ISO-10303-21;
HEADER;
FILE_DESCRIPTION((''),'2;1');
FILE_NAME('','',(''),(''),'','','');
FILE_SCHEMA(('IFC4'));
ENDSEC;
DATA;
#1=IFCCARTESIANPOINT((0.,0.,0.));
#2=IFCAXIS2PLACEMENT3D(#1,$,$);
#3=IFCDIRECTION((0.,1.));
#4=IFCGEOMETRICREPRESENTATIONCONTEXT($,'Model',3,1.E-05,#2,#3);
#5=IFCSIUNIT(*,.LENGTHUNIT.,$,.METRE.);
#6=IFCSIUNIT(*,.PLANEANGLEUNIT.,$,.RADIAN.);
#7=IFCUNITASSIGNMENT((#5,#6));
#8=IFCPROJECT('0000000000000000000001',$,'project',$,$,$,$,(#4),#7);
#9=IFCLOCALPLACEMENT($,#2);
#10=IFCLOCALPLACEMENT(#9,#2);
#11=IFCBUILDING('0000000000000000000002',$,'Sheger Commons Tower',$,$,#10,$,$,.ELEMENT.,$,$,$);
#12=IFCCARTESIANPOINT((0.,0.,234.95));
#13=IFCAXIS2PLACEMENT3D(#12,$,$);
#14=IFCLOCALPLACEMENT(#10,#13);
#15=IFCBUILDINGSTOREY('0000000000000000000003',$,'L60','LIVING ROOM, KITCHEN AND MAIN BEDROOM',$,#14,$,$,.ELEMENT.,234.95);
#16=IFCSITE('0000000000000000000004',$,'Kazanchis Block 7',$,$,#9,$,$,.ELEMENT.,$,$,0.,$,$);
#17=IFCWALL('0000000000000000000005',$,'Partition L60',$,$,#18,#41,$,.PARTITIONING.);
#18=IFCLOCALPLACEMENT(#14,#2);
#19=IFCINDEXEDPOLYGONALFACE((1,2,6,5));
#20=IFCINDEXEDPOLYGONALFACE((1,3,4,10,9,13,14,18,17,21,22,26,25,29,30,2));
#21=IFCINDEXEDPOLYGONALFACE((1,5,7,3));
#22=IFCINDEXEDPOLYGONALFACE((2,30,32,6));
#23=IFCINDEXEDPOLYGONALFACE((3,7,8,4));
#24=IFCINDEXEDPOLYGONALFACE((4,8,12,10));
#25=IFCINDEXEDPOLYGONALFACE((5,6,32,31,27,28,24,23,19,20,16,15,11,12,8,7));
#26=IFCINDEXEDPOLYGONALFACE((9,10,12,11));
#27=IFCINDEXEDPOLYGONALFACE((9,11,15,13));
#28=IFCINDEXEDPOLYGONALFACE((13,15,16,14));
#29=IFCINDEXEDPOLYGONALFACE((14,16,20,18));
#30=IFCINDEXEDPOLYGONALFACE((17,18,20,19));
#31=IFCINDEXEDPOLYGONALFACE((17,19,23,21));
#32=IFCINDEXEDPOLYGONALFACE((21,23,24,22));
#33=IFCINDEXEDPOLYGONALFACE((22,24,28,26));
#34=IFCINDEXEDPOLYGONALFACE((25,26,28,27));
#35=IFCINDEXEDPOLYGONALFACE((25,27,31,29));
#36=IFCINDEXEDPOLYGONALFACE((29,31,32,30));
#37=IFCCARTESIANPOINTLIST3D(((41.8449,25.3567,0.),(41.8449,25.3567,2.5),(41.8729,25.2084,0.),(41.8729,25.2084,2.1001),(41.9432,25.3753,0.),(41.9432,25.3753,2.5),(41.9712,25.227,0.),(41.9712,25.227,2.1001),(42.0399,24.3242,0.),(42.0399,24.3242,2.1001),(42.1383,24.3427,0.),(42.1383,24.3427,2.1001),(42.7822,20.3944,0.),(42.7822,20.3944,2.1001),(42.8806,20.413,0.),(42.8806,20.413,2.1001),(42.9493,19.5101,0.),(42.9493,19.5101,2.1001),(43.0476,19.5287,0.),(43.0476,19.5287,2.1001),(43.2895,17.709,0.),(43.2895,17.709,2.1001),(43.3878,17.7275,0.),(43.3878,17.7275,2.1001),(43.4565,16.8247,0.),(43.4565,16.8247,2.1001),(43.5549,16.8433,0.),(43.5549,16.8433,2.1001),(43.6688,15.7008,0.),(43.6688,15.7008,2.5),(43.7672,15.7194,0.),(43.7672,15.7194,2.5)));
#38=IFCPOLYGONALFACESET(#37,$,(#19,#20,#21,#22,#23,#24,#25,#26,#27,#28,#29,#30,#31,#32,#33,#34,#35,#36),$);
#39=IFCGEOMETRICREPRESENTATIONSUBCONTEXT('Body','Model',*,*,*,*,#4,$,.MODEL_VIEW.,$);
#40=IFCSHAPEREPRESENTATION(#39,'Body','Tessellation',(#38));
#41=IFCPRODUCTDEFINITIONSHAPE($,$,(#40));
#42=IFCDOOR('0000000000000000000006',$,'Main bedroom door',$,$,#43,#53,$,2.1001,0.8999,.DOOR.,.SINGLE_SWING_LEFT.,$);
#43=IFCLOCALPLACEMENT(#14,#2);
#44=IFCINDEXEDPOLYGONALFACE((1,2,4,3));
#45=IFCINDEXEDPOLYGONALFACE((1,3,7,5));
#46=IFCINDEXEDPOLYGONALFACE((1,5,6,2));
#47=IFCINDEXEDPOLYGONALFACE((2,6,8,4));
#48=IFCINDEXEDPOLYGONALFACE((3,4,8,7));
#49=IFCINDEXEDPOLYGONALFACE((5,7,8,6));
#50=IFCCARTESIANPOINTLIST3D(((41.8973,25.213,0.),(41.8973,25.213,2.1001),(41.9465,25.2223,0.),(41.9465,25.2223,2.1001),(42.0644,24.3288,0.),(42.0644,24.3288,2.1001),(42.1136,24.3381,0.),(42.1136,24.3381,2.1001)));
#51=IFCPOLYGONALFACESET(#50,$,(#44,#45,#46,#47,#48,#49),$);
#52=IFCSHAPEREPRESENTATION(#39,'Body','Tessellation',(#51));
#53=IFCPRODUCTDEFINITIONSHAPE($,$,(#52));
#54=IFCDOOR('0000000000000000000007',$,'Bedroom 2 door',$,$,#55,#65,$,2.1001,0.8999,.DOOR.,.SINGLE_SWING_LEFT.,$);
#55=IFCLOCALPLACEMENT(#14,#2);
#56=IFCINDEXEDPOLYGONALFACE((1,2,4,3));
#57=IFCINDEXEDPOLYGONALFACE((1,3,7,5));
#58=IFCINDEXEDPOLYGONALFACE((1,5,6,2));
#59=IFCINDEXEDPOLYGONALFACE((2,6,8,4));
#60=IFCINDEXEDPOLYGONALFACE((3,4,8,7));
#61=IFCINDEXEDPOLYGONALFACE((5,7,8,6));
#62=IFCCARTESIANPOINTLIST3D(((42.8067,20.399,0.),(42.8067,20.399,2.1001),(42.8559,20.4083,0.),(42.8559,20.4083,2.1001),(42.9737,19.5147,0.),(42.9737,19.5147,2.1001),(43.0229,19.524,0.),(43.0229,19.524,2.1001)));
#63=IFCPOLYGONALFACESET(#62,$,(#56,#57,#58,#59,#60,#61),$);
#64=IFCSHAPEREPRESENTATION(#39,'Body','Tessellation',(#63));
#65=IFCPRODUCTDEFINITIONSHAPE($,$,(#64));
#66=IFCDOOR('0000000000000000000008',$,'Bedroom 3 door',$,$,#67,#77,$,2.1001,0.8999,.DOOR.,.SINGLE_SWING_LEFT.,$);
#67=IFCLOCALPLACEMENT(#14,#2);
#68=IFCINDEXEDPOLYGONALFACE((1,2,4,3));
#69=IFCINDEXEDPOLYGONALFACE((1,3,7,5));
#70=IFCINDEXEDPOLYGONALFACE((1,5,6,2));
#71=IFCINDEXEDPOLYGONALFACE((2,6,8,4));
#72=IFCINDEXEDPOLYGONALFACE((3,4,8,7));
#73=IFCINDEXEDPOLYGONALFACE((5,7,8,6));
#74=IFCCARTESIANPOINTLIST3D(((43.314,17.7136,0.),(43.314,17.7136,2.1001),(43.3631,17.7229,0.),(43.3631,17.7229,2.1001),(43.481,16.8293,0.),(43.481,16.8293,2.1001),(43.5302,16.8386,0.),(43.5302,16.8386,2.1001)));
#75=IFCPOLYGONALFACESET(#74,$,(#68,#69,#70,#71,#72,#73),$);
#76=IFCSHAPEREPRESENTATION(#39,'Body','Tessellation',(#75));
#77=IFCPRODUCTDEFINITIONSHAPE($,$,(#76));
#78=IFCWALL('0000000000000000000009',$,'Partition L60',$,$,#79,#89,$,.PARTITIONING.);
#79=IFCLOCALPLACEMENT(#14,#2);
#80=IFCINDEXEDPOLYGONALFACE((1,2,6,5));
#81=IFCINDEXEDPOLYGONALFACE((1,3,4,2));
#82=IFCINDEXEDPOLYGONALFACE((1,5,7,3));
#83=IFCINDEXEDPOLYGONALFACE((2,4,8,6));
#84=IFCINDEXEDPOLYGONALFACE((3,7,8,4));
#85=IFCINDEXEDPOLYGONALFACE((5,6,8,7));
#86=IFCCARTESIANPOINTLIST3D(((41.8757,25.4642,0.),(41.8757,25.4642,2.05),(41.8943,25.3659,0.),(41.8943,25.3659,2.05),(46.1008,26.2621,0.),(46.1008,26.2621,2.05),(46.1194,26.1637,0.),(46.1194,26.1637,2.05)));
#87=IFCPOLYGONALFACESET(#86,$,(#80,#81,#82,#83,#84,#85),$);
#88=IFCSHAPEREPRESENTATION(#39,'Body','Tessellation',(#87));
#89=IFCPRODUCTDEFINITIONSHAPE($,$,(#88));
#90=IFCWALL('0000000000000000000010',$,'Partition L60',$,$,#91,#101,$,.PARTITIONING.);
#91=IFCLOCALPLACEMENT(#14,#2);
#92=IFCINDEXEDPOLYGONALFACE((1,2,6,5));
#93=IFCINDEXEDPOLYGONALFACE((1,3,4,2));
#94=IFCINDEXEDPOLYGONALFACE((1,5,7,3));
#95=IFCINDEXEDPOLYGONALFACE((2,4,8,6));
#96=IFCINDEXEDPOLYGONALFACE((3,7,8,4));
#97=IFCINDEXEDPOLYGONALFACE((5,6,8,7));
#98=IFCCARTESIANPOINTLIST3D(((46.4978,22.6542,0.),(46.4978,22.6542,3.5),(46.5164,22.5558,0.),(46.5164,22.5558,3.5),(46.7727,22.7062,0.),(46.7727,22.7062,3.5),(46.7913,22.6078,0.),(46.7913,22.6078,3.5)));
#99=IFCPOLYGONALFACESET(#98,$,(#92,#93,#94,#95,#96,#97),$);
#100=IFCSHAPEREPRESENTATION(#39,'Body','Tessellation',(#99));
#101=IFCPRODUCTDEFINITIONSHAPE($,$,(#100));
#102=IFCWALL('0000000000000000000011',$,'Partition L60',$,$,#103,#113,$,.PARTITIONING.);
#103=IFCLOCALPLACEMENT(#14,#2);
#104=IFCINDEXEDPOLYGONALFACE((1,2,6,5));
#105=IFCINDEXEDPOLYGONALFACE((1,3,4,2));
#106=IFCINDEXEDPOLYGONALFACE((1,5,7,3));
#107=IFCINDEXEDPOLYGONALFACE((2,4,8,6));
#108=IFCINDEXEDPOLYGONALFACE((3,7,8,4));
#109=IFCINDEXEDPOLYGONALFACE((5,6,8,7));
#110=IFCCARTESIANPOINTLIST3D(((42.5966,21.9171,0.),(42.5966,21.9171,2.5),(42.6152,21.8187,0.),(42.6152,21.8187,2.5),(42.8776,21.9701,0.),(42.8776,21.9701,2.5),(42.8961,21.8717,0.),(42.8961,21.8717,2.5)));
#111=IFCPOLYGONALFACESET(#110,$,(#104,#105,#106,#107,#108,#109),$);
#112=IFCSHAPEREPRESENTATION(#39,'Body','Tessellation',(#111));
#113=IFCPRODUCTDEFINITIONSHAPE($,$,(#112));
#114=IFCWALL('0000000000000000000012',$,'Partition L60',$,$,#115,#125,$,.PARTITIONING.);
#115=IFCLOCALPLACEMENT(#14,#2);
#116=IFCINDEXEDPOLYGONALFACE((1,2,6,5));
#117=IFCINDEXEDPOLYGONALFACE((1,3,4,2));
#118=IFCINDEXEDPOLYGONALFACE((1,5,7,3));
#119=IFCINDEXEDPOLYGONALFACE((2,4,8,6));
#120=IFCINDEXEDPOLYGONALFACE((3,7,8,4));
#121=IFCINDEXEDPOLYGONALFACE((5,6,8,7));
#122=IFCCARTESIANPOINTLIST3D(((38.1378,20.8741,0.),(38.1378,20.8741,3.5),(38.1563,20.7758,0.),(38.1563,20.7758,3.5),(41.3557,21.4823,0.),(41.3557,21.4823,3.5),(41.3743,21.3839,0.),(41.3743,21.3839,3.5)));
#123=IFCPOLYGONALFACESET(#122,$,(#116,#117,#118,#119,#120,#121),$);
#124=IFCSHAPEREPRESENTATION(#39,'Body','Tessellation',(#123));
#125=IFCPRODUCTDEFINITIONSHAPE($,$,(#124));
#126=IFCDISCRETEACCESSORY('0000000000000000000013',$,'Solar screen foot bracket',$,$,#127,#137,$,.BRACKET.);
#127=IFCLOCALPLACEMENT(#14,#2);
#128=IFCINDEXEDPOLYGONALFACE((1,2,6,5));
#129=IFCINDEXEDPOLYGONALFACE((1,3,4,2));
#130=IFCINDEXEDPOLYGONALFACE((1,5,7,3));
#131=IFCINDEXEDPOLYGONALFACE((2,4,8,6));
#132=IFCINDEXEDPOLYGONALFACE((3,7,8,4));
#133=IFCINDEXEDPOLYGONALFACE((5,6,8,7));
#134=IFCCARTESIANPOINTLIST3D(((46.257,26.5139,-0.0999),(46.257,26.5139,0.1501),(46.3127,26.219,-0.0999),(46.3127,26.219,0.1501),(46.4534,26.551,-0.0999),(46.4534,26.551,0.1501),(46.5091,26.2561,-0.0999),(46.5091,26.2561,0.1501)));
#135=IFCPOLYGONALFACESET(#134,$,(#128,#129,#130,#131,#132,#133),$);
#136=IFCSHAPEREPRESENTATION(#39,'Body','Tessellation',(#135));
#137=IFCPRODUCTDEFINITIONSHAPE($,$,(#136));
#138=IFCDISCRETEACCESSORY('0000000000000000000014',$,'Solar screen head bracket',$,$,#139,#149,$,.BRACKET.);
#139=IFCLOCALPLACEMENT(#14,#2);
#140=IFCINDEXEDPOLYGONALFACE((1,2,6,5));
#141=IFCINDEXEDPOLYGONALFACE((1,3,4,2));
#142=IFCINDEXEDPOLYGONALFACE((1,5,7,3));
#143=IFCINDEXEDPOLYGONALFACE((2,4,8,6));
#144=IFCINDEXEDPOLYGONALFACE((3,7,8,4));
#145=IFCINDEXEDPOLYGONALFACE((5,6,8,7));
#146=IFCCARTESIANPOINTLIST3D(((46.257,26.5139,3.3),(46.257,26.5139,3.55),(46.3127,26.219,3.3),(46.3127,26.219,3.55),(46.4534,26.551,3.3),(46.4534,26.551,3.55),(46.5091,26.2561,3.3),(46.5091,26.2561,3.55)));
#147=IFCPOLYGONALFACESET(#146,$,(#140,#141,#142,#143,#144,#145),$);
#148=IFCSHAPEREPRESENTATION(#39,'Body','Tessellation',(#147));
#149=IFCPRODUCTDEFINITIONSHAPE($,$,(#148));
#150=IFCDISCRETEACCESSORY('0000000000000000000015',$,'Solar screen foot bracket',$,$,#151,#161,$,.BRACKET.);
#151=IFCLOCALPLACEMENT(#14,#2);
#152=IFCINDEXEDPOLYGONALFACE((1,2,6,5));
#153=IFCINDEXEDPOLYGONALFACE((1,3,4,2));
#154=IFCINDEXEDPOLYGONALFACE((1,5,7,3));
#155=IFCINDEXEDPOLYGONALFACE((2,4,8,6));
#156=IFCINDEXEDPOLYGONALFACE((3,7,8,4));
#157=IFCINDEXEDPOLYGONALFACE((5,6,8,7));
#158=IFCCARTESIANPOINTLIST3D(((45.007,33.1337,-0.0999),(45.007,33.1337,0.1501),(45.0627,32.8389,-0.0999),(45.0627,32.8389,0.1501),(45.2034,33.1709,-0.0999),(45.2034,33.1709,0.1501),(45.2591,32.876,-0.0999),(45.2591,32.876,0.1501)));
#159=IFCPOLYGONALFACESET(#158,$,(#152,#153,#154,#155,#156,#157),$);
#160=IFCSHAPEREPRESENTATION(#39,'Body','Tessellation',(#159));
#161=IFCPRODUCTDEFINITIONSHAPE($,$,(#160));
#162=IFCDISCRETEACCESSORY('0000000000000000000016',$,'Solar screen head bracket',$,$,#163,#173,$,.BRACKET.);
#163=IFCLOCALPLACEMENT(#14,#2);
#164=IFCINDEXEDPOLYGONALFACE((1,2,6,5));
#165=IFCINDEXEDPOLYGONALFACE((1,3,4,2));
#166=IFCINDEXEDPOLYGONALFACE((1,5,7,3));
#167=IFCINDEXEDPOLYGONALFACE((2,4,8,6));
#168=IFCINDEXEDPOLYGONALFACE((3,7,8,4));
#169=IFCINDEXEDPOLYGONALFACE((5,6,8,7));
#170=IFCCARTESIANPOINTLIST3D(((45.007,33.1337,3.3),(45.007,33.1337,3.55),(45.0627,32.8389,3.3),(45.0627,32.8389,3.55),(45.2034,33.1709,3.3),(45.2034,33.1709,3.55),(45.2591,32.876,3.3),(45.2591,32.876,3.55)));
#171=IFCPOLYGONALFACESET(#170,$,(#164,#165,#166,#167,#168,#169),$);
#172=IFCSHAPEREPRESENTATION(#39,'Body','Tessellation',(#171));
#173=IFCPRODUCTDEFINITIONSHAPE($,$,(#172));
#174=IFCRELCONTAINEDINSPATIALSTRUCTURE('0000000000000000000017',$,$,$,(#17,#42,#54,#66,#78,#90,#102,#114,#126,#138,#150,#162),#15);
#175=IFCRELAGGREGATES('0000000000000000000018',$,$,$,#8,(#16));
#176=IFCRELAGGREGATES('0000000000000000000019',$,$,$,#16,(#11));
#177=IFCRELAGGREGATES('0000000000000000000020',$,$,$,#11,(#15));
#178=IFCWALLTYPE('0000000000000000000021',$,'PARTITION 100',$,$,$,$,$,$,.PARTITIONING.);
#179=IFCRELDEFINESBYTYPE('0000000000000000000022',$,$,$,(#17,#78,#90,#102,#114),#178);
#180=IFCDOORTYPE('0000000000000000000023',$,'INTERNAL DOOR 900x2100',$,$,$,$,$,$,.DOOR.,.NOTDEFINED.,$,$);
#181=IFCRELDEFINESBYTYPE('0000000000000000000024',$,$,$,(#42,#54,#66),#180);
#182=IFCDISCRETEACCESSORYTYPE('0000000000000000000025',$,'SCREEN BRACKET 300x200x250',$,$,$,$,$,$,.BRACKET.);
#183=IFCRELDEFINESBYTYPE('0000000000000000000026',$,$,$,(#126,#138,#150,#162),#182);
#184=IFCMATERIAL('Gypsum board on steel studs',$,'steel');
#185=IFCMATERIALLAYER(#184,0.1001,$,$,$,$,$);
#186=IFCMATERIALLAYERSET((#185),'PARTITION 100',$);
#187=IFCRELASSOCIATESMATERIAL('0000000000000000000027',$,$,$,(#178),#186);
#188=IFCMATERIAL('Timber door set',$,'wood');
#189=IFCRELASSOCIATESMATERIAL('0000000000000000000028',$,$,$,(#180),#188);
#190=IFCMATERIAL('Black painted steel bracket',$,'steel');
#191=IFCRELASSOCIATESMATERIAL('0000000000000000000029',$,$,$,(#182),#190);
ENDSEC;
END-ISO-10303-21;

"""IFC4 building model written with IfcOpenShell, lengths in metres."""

from ifc_helpers import new_model, si_unit, direction, frame, frame_2d, origin, origin_2d, place, context, subcontext, project, spatial, rectangle, extrude, material, layer, layer_set, type_object, element, fill, save


model = new_model("IFC4")

# Units and contexts
model_context = context("Model", 3, precision=1e-05, world=origin(), true_north=direction((0.0, 1.0)))
body_context = subcontext(model_context, "Body", "Model", "MODEL_VIEW")
ifc_project = project(units=[si_unit("LENGTHUNIT", "METRE"), si_unit("PLANEANGLEUNIT", "RADIAN")], contexts=[model_context])

# Site, building, storey
site_placement = place(None, origin())
site = spatial("IfcSite", under=ifc_project, at=site_placement, Name="Kazanchis Block 7", CompositionType="ELEMENT", RefElevation=0.0)
building_placement = place(site_placement, origin())
building = spatial("IfcBuilding", under=site, at=building_placement, Name="Sheger Commons Tower", CompositionType="ELEMENT")
storey_placement = place(building_placement, frame((0.0, 0.0, 234.95)))
storey = spatial("IfcBuildingStorey", under=building, at=storey_placement, Name="L60", Description="LIVING ROOM, KITCHEN AND MAIN BEDROOM", CompositionType="ELEMENT", Elevation=234.95)

# Shared definitions
ifc_material_1 = material(Name="Gypsum board on steel studs", Category="steel")
ifc_layer_1 = layer(ifc_material_1, 0.1001)
ifc_layer_set_1 = layer_set([ifc_layer_1], Name="PARTITION 100")
wall_type_1 = type_object("IfcWallType", Name="PARTITION 100", PredefinedType="PARTITIONING", material=ifc_layer_set_1)

# Wall, openings, doors
wall_1_placement = place(storey_placement, frame((41.894, 25.366, 0.0), z_axis=(0.0, 0.0, 1.0), x_axis=(0.185613, -0.982623, 0.0)))
wall_1 = element("IfcWall", 1, at=wall_1_placement, inside=storey, type_object=wall_type_1, Name="Partition L60", PredefinedType="PARTITIONING", context=body_context, shape_type="SweptSolid", body=[
    extrude(rectangle(XDim=9.8267, YDim=0.1001, at=frame_2d((4.9133, 0.0))), origin(), (0.0, 0.0, 1.0), 2.5),
])
opening_1_placement = place(wall_1_placement, frame((0.1509, 0.0, 0.0)))
opening_1 = element("IfcOpeningElement", 2, at=opening_1_placement, cuts=wall_1, PredefinedType="OPENING", context=body_context, shape_type="SweptSolid", body=[
    extrude(rectangle(XDim=0.8999, YDim=2.1001, at=frame_2d((0.45, 1.05))), frame((0.0, 0.0601, 0.0), z_axis=(0.0, -1.0, 0.0), x_axis=(1.0, 0.0, 0.0)), (0.0, 0.0, 1.0), 0.1201),
])
opening_2_placement = place(wall_1_placement, frame((5.05, 0.0, 0.0)))
opening_2 = element("IfcOpeningElement", 3, at=opening_2_placement, cuts=wall_1, PredefinedType="OPENING", context=body_context, shape_type="SweptSolid", body=[
    extrude(rectangle(XDim=0.8999, YDim=2.1001, at=frame_2d((0.45, 1.05))), frame((0.0, 0.0601, 0.0), z_axis=(0.0, -1.0, 0.0), x_axis=(1.0, 0.0, 0.0)), (0.0, 0.0, 1.0), 0.1201),
])
opening_3_placement = place(wall_1_placement, frame((7.783, 0.0, 0.0)))
opening_3 = element("IfcOpeningElement", 4, at=opening_3_placement, cuts=wall_1, PredefinedType="OPENING", context=body_context, shape_type="SweptSolid", body=[
    extrude(rectangle(XDim=0.8999, YDim=2.1001, at=frame_2d((0.45, 1.05))), frame((0.0, 0.0601, 0.0), z_axis=(0.0, -1.0, 0.0), x_axis=(1.0, 0.0, 0.0)), (0.0, 0.0, 1.0), 0.1201),
])
ifc_material_2 = material(Name="Timber door set", Category="wood")
door_type = type_object("IfcDoorType", Name="INTERNAL DOOR 900x2100", OperationType="NOTDEFINED", PredefinedType="DOOR", material=ifc_material_2)
door_1_placement = place(opening_1_placement, origin())
door_1 = element("IfcDoor", 5, at=door_1_placement, inside=storey, type_object=door_type, Name="Main bedroom door", OperationType="SINGLE_SWING_LEFT", OverallHeight=2.1001, OverallWidth=0.8999, PredefinedType="DOOR", context=body_context, shape_type="SweptSolid", body=[
    extrude(rectangle(XDim=0.8999, YDim=2.1001, at=frame_2d((0.45, 1.05))), frame((0.0, 0.0249, 0.0), z_axis=(0.0, -1.0, 0.0), x_axis=(1.0, 0.0, 0.0)), (0.0, 0.0, 1.0), 0.05),
])
fill(opening_1, door_1)
door_2_placement = place(opening_2_placement, origin())
door_2 = element("IfcDoor", 6, at=door_2_placement, inside=storey, type_object=door_type, Name="Bedroom 2 door", OperationType="SINGLE_SWING_LEFT", OverallHeight=2.1001, OverallWidth=0.8999, PredefinedType="DOOR", context=body_context, shape_type="SweptSolid", body=[
    extrude(rectangle(XDim=0.8999, YDim=2.1001, at=frame_2d((0.45, 1.05))), frame((0.0, 0.0249, 0.0), z_axis=(0.0, -1.0, 0.0), x_axis=(1.0, 0.0, 0.0)), (0.0, 0.0, 1.0), 0.05),
])
fill(opening_2, door_2)
door_3_placement = place(opening_3_placement, origin())
door_3 = element("IfcDoor", 7, at=door_3_placement, inside=storey, type_object=door_type, Name="Bedroom 3 door", OperationType="SINGLE_SWING_LEFT", OverallHeight=2.1001, OverallWidth=0.8999, PredefinedType="DOOR", context=body_context, shape_type="SweptSolid", body=[
    extrude(rectangle(XDim=0.8999, YDim=2.1001, at=frame_2d((0.45, 1.05))), frame((0.0, 0.0249, 0.0), z_axis=(0.0, -1.0, 0.0), x_axis=(1.0, 0.0, 0.0)), (0.0, 0.0, 1.0), 0.05),
])
fill(opening_3, door_3)

# Walls
wall_2_placement = place(storey_placement, frame((46.1101, 26.2129, 0.0), z_axis=(0.0, 0.0, 1.0), x_axis=(-0.982634, -0.185557, 0.0)))
element("IfcWall", 8, at=wall_2_placement, inside=storey, type_object=wall_type_1, Name="Partition L60", PredefinedType="PARTITIONING", context=body_context, shape_type="SweptSolid", body=[
    extrude(rectangle(XDim=4.2998, YDim=0.1001, at=frame_2d((2.1499, 0.0))), origin(), (0.0, 0.0, 1.0), 2.05),
])
wall_3_placement = place(storey_placement, frame((46.782, 22.657, 0.0), z_axis=(0.0, 0.0, 1.0), x_axis=(-0.982575, -0.185869, 0.0)))
element("IfcWall", 9, at=wall_3_placement, inside=storey, type_object=wall_type_1, Name="Partition L60", PredefinedType="PARTITIONING", context=body_context, shape_type="SweptSolid", body=[
    extrude(rectangle(XDim=0.2798, YDim=0.1001, at=frame_2d((0.1399, 0.0))), origin(), (0.0, 0.0, 1.0), 3.5),
])
wall_4_placement = place(storey_placement, frame((42.887, 21.9209, 0.0), z_axis=(0.0, 0.0, 1.0), x_axis=(-0.982688, -0.185268, 0.0)))
element("IfcWall", 10, at=wall_4_placement, inside=storey, type_object=wall_type_1, Name="Partition L60", PredefinedType="PARTITIONING", context=body_context, shape_type="SweptSolid", body=[
    extrude(rectangle(XDim=0.2859, YDim=0.1001, at=frame_2d((0.1431, 0.0))), origin(), (0.0, 0.0, 1.0), 2.5),
])
wall_5_placement = place(storey_placement, frame((41.365, 21.4331, 0.0), z_axis=(0.0, 0.0, 1.0), x_axis=(-0.982607, -0.185697, 0.0)))
element("IfcWall", 11, at=wall_5_placement, inside=storey, type_object=wall_type_1, Name="Partition L60", PredefinedType="PARTITIONING", context=body_context, shape_type="SweptSolid", body=[
    extrude(rectangle(XDim=3.2749, YDim=0.1001, at=frame_2d((1.6375, 0.0))), origin(), (0.0, 0.0, 1.0), 3.5),
])

# Discrete accessories
ifc_material_3 = material(Name="Black painted steel bracket", Category="steel")
discrete_accessory_type = type_object("IfcDiscreteAccessoryType", Name="SCREEN BRACKET 300x200x250", PredefinedType="BRACKET", material=ifc_material_3)
for number, where, z_axis, x_axis, name in (
    (12, (46.3831, 26.385, -0.0999), (0.0, 0.0, 1.0), (-0.185615, 0.982623, 0.0), "Solar screen foot bracket"),
    (13, (46.3831, 26.385, 3.3), (0.0, 0.0, 1.0), (-0.185615, 0.982623, 0.0), "Solar screen head bracket"),
    (14, (45.1331, 33.0049, -0.0999), (0.0, 0.0, 1.0), (-0.185615, 0.982623, 0.0), "Solar screen foot bracket"),
    (15, (45.1331, 33.0049, 3.3), (0.0, 0.0, 1.0), (-0.185615, 0.982623, 0.0), "Solar screen head bracket"),
):
    element("IfcDiscreteAccessory", number, at=place(storey_placement, frame(where, z_axis=z_axis, x_axis=x_axis)), inside=storey, type_object=discrete_accessory_type, Name=name, PredefinedType="BRACKET", context=body_context, shape_type="SweptSolid", body=[
        extrude(rectangle(XDim=0.3, YDim=0.2, at=origin_2d()), origin(), (0.0, 0.0, 1.0), 0.25),
    ])

save(model, "model.ifc")
